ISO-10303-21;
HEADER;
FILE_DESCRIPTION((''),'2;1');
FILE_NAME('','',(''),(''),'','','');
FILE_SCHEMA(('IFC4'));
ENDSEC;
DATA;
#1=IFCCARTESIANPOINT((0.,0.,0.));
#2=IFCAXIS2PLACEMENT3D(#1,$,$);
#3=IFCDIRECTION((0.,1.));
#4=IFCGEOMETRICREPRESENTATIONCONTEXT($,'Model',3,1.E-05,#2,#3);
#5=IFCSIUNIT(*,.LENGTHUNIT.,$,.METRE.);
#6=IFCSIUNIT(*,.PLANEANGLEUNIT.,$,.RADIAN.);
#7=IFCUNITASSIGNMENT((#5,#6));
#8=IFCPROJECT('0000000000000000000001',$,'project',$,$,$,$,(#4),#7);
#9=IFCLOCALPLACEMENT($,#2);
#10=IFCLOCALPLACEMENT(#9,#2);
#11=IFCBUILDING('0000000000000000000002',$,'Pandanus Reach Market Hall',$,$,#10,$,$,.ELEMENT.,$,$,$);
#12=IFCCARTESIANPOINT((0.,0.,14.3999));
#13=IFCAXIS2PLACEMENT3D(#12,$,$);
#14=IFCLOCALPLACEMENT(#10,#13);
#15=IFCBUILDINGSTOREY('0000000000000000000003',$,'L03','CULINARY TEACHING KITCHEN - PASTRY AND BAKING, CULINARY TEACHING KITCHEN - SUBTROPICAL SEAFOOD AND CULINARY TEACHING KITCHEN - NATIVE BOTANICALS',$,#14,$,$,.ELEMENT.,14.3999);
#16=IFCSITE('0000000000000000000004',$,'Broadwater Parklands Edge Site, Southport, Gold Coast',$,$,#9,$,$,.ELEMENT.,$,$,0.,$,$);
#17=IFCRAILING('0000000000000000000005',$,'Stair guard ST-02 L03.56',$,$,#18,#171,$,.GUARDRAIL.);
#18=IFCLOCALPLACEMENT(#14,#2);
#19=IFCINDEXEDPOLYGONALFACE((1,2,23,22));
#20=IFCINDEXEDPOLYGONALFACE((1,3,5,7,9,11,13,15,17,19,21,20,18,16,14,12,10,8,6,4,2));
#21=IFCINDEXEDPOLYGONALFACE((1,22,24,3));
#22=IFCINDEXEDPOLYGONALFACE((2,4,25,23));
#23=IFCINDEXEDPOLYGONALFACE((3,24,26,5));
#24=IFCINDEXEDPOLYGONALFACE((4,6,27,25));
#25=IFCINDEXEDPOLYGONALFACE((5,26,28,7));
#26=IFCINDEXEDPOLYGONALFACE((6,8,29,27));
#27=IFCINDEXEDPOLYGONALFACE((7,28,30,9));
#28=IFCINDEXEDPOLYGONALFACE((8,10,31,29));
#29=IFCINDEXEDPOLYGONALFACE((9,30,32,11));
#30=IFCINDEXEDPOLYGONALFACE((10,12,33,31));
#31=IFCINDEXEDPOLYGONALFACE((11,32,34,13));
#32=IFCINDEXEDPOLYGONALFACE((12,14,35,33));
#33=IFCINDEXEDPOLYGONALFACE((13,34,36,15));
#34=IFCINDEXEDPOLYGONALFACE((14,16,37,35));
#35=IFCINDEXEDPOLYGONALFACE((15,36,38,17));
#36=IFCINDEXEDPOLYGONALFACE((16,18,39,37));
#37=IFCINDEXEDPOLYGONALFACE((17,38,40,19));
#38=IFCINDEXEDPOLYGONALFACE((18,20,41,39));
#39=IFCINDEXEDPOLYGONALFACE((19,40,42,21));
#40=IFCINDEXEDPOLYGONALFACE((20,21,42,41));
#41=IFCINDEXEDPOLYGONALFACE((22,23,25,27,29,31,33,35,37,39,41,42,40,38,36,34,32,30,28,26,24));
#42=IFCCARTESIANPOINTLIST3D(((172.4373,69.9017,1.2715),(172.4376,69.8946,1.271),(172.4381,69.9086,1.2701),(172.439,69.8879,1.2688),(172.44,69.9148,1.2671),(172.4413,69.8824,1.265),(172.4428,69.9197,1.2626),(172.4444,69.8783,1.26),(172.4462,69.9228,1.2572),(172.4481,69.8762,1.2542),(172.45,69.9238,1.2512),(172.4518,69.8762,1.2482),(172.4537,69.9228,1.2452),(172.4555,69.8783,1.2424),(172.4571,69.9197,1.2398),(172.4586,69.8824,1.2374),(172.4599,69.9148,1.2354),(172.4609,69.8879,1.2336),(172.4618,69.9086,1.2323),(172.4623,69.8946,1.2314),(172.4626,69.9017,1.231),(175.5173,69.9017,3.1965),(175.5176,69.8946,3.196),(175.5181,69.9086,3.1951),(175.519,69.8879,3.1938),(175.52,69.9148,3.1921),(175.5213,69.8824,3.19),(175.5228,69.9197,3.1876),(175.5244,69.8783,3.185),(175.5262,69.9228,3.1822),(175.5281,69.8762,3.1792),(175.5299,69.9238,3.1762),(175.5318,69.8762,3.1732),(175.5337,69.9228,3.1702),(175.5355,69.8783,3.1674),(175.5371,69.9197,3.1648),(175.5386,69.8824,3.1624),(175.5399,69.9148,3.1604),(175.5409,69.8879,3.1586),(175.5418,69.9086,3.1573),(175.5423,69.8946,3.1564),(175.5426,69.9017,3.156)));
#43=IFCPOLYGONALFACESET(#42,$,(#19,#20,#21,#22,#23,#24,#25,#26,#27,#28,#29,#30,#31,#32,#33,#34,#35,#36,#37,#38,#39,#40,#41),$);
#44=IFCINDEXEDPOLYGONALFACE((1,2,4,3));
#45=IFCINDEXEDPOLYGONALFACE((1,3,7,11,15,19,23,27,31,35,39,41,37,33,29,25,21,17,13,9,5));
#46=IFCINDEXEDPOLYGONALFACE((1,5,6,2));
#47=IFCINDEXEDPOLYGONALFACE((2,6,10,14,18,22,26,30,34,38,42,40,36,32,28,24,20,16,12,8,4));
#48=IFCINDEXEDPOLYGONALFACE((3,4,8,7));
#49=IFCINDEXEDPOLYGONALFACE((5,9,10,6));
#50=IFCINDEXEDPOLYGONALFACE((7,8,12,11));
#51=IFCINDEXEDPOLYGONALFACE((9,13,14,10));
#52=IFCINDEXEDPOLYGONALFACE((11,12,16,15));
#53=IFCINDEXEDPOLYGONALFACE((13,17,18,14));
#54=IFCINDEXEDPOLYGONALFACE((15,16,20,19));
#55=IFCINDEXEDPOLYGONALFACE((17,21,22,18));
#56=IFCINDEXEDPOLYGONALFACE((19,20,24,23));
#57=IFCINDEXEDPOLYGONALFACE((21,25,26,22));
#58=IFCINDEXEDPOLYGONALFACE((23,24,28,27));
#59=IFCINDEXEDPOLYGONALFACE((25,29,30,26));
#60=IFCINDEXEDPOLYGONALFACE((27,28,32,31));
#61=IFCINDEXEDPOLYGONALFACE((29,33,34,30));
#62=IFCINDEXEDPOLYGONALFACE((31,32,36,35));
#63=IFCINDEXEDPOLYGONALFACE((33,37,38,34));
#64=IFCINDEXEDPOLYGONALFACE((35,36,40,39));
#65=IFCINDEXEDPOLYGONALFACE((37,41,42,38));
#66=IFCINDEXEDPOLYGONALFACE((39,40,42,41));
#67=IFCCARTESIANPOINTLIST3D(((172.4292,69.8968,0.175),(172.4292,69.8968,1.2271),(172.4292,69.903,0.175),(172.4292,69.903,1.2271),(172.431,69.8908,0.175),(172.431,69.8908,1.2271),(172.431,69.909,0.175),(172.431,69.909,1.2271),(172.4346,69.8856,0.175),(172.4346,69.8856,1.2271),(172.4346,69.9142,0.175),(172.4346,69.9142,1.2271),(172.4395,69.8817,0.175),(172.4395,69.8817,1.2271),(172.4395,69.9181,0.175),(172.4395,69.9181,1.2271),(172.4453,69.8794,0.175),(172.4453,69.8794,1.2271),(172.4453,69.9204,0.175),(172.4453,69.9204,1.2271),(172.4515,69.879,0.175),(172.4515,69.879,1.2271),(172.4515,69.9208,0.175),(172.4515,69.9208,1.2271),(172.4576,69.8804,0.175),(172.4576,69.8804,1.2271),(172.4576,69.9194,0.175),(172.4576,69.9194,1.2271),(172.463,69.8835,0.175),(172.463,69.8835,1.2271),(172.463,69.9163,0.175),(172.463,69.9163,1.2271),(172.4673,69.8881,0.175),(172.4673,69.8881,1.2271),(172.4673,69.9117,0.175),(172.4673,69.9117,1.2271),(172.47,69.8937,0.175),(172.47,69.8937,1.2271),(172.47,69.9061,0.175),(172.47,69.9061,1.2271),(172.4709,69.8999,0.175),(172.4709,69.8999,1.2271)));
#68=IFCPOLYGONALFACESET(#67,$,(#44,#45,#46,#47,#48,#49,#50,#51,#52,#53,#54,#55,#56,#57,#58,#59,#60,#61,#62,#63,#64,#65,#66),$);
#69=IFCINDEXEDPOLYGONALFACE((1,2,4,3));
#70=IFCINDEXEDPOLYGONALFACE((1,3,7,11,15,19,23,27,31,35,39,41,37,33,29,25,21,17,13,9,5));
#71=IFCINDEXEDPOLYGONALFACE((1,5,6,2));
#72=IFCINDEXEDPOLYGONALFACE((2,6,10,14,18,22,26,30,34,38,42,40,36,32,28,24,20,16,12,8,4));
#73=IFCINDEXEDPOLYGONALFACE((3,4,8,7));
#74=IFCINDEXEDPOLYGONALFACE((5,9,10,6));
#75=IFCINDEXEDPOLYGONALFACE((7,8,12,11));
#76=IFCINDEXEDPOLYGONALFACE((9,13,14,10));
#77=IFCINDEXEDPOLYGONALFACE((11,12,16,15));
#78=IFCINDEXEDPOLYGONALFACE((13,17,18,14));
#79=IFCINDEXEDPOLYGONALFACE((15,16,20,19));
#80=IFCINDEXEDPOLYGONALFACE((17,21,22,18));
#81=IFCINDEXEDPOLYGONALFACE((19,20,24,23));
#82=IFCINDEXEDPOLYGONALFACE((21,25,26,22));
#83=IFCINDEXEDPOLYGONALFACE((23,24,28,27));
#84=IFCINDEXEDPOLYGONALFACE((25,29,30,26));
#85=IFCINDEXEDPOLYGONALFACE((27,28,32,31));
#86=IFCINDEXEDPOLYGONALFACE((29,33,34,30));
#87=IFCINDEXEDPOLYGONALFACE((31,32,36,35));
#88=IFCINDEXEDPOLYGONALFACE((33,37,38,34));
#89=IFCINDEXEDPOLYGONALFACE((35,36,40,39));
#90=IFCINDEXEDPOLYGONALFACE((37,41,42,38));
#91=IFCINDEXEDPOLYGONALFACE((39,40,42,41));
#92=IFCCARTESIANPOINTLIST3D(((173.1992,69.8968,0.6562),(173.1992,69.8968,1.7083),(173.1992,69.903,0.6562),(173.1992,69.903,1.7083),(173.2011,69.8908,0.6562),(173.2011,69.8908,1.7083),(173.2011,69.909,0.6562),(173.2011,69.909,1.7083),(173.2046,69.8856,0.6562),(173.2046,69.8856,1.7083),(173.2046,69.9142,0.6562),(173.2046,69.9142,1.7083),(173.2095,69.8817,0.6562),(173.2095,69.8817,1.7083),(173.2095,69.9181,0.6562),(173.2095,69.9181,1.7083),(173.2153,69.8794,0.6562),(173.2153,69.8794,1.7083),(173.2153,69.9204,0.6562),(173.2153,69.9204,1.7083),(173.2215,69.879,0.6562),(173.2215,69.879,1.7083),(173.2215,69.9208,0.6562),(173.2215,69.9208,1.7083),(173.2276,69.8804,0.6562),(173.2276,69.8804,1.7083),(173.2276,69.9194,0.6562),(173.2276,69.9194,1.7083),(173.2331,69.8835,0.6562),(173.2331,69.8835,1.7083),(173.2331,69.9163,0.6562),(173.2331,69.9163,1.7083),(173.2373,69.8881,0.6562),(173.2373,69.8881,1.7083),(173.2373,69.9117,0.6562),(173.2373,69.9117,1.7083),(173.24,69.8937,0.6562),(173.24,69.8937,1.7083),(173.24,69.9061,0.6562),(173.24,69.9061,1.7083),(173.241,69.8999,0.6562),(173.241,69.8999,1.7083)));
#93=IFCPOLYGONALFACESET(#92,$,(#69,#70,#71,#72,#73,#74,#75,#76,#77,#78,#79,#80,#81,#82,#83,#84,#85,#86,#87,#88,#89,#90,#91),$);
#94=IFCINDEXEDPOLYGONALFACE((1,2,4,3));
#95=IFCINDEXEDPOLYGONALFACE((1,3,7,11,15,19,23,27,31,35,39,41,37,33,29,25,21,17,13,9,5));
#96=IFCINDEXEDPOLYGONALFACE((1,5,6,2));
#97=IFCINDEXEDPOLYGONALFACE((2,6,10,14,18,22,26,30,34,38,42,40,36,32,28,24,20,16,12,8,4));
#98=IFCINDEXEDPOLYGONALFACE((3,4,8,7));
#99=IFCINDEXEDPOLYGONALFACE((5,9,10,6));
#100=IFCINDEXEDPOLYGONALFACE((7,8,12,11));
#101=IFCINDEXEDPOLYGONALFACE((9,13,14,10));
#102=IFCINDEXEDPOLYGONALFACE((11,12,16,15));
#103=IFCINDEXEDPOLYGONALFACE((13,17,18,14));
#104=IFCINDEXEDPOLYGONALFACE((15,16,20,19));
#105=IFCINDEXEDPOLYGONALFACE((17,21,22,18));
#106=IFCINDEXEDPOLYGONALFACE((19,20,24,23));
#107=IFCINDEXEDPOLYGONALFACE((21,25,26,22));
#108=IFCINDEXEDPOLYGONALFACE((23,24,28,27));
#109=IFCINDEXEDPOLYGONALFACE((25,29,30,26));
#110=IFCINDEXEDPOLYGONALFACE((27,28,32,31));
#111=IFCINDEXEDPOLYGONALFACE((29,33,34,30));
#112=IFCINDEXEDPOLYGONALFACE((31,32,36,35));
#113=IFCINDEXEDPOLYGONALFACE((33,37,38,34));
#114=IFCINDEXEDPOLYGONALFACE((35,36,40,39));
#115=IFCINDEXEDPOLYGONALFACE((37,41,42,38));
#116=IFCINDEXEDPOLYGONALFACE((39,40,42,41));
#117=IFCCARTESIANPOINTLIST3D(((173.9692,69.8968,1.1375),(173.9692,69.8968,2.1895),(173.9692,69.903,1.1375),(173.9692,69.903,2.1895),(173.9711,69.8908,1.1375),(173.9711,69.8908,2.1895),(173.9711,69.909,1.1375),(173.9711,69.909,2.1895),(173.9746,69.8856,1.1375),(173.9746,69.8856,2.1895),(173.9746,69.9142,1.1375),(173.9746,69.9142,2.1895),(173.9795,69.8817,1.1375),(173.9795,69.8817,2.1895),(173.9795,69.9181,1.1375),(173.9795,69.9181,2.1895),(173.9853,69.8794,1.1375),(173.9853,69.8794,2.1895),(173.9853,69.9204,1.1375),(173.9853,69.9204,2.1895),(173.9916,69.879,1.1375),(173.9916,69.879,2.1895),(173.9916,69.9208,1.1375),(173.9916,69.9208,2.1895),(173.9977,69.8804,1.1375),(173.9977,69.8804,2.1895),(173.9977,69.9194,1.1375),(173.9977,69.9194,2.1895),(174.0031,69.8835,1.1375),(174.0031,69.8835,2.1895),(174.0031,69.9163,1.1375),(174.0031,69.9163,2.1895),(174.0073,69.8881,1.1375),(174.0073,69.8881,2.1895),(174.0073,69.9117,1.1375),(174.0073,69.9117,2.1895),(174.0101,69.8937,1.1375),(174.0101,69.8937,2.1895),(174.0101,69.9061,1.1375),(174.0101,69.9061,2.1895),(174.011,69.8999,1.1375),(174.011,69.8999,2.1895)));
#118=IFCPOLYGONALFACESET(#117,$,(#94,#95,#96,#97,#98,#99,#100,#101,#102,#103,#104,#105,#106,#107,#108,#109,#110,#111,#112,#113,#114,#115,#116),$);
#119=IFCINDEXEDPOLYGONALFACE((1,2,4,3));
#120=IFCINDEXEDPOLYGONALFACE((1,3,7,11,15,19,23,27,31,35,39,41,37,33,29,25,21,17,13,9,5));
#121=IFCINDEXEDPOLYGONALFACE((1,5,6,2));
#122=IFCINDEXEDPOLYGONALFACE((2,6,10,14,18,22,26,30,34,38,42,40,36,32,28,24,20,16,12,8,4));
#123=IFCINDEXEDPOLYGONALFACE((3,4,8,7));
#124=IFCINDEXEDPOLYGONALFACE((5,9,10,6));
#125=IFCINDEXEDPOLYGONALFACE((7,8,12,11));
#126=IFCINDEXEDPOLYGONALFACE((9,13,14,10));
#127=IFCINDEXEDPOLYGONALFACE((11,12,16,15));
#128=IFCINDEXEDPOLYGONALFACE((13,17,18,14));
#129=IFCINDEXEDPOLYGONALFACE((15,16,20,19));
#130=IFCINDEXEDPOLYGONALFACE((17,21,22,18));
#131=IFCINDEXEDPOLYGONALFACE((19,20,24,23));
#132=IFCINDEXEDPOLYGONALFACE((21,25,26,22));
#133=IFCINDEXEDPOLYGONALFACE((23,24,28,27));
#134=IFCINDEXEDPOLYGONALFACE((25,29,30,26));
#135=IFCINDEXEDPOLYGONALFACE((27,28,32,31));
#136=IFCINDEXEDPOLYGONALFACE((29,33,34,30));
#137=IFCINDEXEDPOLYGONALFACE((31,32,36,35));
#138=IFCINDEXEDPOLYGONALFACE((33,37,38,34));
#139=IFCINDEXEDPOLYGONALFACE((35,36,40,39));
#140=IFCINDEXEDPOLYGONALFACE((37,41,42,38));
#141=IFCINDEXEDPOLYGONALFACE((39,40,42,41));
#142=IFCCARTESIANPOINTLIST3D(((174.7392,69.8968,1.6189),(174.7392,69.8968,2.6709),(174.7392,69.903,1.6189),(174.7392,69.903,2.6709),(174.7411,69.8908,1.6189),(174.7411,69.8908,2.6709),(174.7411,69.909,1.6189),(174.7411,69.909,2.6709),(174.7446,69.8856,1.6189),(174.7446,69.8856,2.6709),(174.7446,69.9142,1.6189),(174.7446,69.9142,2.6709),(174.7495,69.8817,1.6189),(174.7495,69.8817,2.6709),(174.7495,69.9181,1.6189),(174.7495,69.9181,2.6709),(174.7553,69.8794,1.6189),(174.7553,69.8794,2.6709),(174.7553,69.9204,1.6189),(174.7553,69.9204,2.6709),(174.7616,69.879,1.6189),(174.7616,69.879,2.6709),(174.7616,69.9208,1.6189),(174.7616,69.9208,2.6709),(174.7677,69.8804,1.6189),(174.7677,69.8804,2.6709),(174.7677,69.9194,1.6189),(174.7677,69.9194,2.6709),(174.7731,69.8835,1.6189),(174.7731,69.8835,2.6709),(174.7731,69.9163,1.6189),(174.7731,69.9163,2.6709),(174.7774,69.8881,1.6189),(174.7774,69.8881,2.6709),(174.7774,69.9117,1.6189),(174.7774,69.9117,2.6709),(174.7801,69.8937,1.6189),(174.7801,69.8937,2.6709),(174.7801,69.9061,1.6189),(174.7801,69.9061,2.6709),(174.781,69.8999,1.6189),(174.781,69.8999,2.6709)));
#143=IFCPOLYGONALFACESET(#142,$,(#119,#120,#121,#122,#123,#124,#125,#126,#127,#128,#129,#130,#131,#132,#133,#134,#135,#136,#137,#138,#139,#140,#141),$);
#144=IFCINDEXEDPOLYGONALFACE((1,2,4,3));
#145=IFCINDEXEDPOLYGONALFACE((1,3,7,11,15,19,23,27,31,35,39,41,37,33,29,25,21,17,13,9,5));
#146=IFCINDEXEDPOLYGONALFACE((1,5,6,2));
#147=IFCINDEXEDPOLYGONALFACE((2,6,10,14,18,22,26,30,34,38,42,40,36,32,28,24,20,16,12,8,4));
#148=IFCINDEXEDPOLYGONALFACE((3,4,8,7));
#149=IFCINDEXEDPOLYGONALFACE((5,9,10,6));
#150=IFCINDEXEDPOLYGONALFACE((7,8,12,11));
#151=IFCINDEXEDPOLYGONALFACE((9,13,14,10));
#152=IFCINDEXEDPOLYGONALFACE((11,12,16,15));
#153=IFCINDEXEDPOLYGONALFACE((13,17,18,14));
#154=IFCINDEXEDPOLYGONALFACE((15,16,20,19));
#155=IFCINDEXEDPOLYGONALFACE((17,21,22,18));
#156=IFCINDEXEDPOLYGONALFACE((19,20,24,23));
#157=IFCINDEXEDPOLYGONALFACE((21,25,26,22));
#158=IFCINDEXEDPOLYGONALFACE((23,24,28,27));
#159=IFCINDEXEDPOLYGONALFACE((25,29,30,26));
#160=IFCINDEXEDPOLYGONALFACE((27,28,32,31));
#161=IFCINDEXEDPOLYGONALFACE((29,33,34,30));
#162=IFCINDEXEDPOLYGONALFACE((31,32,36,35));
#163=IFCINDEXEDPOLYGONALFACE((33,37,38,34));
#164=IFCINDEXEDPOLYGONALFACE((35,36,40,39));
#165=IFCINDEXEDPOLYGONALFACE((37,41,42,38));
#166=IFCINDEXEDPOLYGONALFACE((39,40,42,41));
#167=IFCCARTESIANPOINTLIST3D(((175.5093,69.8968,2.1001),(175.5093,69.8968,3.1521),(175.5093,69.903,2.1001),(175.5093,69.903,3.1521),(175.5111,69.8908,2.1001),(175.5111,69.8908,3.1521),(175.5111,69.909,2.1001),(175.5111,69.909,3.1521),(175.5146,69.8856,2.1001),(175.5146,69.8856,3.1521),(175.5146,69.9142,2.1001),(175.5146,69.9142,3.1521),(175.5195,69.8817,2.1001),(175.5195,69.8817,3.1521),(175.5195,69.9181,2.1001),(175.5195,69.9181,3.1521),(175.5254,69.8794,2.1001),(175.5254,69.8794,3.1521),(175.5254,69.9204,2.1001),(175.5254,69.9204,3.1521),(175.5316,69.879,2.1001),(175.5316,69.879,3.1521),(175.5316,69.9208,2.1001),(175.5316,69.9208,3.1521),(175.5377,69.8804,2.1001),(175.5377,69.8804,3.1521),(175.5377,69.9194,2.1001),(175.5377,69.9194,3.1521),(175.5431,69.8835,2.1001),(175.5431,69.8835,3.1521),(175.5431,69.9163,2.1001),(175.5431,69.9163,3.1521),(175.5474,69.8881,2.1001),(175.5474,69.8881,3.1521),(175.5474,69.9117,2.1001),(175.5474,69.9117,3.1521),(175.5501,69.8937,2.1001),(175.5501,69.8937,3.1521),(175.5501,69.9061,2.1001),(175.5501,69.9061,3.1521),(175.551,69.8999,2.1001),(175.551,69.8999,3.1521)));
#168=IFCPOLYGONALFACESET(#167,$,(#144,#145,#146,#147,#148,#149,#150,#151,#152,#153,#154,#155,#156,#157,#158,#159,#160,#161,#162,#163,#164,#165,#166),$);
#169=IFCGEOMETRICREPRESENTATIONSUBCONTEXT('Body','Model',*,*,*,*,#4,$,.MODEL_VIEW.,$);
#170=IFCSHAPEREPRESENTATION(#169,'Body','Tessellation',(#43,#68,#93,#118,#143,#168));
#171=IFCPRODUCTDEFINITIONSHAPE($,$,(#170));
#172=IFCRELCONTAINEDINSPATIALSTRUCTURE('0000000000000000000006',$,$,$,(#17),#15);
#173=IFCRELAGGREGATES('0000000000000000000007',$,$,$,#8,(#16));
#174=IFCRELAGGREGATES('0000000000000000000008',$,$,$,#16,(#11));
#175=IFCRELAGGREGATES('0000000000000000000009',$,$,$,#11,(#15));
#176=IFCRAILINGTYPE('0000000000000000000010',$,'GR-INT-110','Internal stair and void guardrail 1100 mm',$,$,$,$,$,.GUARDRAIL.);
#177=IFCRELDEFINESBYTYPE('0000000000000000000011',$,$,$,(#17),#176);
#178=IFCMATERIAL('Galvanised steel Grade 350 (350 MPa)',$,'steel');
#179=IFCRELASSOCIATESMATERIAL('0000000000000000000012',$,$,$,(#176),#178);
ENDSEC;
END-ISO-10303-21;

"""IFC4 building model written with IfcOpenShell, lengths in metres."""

from ifc_helpers import new_model, si_unit, direction, frame, origin, origin_2d, place, context, subcontext, project, spatial, circle, extrude, material, type_object, element, save


model = new_model("IFC4")

# Units and contexts
model_context = context("Model", 3, precision=1e-05, world=origin(), true_north=direction((0.0, 1.0)))
body_context = subcontext(model_context, "Body", "Model", "MODEL_VIEW")
ifc_project = project(units=[si_unit("LENGTHUNIT", "METRE"), si_unit("PLANEANGLEUNIT", "RADIAN")], contexts=[model_context])

# Site, building, storey
site_placement = place(None, origin())
site = spatial("IfcSite", under=ifc_project, at=site_placement, Name="Broadwater Parklands Edge Site, Southport, Gold Coast", CompositionType="ELEMENT", RefElevation=0.0)
building_placement = place(site_placement, origin())
building = spatial("IfcBuilding", under=site, at=building_placement, Name="Pandanus Reach Market Hall", CompositionType="ELEMENT")
storey_placement = place(building_placement, frame((0.0, 0.0, 14.3999)))
storey = spatial("IfcBuildingStorey", under=building, at=storey_placement, Name="L03", Description="CULINARY TEACHING KITCHEN - PASTRY AND BAKING, CULINARY TEACHING KITCHEN - SUBTROPICAL SEAFOOD AND CULINARY TEACHING KITCHEN - NATIVE BOTANICALS", CompositionType="ELEMENT", Elevation=14.3999)

# Railing
ifc_material_1 = material(Name="Galvanised steel Grade 350 (350 MPa)", Category="steel")
railing_type_1 = type_object("IfcRailingType", Name="GR-INT-110", Description="Internal stair and void guardrail 1100 mm", PredefinedType="GUARDRAIL", material=ifc_material_1)
railing_1_placement = place(storey_placement, frame((172.45, 69.8999, 0.175)))
element("IfcRailing", 1, at=railing_1_placement, inside=storey, type_object=railing_type_1, Name="Stair guard ST-02 L03.56", PredefinedType="GUARDRAIL", context=body_context, shape_type="SweptSolid", body=[
    extrude(circle(Radius=0.0239, at=origin_2d()), frame((0.0, 0.0, 1.0762), z_axis=(0.847998, 0.0, 0.529999), x_axis=(0.0, 1.0, 0.0)), (0.0, 0.0, 1.0), 3.6321),
    extrude(circle(Radius=0.021, at=origin_2d()), origin(), (0.0, 0.0, 1.0), 1.052),
    extrude(circle(Radius=0.021, at=origin_2d()), frame((0.77, 0.0, 0.4812)), (0.0, 0.0, 1.0), 1.052),
    extrude(circle(Radius=0.021, at=origin_2d()), frame((1.54, 0.0, 0.9624)), (0.0, 0.0, 1.0), 1.052),
    extrude(circle(Radius=0.021, at=origin_2d()), frame((2.3101, 0.0, 1.4438)), (0.0, 0.0, 1.0), 1.052),
    extrude(circle(Radius=0.021, at=origin_2d()), frame((3.0801, 0.0, 1.925)), (0.0, 0.0, 1.0), 1.052),
])

save(model, "model.ifc")
